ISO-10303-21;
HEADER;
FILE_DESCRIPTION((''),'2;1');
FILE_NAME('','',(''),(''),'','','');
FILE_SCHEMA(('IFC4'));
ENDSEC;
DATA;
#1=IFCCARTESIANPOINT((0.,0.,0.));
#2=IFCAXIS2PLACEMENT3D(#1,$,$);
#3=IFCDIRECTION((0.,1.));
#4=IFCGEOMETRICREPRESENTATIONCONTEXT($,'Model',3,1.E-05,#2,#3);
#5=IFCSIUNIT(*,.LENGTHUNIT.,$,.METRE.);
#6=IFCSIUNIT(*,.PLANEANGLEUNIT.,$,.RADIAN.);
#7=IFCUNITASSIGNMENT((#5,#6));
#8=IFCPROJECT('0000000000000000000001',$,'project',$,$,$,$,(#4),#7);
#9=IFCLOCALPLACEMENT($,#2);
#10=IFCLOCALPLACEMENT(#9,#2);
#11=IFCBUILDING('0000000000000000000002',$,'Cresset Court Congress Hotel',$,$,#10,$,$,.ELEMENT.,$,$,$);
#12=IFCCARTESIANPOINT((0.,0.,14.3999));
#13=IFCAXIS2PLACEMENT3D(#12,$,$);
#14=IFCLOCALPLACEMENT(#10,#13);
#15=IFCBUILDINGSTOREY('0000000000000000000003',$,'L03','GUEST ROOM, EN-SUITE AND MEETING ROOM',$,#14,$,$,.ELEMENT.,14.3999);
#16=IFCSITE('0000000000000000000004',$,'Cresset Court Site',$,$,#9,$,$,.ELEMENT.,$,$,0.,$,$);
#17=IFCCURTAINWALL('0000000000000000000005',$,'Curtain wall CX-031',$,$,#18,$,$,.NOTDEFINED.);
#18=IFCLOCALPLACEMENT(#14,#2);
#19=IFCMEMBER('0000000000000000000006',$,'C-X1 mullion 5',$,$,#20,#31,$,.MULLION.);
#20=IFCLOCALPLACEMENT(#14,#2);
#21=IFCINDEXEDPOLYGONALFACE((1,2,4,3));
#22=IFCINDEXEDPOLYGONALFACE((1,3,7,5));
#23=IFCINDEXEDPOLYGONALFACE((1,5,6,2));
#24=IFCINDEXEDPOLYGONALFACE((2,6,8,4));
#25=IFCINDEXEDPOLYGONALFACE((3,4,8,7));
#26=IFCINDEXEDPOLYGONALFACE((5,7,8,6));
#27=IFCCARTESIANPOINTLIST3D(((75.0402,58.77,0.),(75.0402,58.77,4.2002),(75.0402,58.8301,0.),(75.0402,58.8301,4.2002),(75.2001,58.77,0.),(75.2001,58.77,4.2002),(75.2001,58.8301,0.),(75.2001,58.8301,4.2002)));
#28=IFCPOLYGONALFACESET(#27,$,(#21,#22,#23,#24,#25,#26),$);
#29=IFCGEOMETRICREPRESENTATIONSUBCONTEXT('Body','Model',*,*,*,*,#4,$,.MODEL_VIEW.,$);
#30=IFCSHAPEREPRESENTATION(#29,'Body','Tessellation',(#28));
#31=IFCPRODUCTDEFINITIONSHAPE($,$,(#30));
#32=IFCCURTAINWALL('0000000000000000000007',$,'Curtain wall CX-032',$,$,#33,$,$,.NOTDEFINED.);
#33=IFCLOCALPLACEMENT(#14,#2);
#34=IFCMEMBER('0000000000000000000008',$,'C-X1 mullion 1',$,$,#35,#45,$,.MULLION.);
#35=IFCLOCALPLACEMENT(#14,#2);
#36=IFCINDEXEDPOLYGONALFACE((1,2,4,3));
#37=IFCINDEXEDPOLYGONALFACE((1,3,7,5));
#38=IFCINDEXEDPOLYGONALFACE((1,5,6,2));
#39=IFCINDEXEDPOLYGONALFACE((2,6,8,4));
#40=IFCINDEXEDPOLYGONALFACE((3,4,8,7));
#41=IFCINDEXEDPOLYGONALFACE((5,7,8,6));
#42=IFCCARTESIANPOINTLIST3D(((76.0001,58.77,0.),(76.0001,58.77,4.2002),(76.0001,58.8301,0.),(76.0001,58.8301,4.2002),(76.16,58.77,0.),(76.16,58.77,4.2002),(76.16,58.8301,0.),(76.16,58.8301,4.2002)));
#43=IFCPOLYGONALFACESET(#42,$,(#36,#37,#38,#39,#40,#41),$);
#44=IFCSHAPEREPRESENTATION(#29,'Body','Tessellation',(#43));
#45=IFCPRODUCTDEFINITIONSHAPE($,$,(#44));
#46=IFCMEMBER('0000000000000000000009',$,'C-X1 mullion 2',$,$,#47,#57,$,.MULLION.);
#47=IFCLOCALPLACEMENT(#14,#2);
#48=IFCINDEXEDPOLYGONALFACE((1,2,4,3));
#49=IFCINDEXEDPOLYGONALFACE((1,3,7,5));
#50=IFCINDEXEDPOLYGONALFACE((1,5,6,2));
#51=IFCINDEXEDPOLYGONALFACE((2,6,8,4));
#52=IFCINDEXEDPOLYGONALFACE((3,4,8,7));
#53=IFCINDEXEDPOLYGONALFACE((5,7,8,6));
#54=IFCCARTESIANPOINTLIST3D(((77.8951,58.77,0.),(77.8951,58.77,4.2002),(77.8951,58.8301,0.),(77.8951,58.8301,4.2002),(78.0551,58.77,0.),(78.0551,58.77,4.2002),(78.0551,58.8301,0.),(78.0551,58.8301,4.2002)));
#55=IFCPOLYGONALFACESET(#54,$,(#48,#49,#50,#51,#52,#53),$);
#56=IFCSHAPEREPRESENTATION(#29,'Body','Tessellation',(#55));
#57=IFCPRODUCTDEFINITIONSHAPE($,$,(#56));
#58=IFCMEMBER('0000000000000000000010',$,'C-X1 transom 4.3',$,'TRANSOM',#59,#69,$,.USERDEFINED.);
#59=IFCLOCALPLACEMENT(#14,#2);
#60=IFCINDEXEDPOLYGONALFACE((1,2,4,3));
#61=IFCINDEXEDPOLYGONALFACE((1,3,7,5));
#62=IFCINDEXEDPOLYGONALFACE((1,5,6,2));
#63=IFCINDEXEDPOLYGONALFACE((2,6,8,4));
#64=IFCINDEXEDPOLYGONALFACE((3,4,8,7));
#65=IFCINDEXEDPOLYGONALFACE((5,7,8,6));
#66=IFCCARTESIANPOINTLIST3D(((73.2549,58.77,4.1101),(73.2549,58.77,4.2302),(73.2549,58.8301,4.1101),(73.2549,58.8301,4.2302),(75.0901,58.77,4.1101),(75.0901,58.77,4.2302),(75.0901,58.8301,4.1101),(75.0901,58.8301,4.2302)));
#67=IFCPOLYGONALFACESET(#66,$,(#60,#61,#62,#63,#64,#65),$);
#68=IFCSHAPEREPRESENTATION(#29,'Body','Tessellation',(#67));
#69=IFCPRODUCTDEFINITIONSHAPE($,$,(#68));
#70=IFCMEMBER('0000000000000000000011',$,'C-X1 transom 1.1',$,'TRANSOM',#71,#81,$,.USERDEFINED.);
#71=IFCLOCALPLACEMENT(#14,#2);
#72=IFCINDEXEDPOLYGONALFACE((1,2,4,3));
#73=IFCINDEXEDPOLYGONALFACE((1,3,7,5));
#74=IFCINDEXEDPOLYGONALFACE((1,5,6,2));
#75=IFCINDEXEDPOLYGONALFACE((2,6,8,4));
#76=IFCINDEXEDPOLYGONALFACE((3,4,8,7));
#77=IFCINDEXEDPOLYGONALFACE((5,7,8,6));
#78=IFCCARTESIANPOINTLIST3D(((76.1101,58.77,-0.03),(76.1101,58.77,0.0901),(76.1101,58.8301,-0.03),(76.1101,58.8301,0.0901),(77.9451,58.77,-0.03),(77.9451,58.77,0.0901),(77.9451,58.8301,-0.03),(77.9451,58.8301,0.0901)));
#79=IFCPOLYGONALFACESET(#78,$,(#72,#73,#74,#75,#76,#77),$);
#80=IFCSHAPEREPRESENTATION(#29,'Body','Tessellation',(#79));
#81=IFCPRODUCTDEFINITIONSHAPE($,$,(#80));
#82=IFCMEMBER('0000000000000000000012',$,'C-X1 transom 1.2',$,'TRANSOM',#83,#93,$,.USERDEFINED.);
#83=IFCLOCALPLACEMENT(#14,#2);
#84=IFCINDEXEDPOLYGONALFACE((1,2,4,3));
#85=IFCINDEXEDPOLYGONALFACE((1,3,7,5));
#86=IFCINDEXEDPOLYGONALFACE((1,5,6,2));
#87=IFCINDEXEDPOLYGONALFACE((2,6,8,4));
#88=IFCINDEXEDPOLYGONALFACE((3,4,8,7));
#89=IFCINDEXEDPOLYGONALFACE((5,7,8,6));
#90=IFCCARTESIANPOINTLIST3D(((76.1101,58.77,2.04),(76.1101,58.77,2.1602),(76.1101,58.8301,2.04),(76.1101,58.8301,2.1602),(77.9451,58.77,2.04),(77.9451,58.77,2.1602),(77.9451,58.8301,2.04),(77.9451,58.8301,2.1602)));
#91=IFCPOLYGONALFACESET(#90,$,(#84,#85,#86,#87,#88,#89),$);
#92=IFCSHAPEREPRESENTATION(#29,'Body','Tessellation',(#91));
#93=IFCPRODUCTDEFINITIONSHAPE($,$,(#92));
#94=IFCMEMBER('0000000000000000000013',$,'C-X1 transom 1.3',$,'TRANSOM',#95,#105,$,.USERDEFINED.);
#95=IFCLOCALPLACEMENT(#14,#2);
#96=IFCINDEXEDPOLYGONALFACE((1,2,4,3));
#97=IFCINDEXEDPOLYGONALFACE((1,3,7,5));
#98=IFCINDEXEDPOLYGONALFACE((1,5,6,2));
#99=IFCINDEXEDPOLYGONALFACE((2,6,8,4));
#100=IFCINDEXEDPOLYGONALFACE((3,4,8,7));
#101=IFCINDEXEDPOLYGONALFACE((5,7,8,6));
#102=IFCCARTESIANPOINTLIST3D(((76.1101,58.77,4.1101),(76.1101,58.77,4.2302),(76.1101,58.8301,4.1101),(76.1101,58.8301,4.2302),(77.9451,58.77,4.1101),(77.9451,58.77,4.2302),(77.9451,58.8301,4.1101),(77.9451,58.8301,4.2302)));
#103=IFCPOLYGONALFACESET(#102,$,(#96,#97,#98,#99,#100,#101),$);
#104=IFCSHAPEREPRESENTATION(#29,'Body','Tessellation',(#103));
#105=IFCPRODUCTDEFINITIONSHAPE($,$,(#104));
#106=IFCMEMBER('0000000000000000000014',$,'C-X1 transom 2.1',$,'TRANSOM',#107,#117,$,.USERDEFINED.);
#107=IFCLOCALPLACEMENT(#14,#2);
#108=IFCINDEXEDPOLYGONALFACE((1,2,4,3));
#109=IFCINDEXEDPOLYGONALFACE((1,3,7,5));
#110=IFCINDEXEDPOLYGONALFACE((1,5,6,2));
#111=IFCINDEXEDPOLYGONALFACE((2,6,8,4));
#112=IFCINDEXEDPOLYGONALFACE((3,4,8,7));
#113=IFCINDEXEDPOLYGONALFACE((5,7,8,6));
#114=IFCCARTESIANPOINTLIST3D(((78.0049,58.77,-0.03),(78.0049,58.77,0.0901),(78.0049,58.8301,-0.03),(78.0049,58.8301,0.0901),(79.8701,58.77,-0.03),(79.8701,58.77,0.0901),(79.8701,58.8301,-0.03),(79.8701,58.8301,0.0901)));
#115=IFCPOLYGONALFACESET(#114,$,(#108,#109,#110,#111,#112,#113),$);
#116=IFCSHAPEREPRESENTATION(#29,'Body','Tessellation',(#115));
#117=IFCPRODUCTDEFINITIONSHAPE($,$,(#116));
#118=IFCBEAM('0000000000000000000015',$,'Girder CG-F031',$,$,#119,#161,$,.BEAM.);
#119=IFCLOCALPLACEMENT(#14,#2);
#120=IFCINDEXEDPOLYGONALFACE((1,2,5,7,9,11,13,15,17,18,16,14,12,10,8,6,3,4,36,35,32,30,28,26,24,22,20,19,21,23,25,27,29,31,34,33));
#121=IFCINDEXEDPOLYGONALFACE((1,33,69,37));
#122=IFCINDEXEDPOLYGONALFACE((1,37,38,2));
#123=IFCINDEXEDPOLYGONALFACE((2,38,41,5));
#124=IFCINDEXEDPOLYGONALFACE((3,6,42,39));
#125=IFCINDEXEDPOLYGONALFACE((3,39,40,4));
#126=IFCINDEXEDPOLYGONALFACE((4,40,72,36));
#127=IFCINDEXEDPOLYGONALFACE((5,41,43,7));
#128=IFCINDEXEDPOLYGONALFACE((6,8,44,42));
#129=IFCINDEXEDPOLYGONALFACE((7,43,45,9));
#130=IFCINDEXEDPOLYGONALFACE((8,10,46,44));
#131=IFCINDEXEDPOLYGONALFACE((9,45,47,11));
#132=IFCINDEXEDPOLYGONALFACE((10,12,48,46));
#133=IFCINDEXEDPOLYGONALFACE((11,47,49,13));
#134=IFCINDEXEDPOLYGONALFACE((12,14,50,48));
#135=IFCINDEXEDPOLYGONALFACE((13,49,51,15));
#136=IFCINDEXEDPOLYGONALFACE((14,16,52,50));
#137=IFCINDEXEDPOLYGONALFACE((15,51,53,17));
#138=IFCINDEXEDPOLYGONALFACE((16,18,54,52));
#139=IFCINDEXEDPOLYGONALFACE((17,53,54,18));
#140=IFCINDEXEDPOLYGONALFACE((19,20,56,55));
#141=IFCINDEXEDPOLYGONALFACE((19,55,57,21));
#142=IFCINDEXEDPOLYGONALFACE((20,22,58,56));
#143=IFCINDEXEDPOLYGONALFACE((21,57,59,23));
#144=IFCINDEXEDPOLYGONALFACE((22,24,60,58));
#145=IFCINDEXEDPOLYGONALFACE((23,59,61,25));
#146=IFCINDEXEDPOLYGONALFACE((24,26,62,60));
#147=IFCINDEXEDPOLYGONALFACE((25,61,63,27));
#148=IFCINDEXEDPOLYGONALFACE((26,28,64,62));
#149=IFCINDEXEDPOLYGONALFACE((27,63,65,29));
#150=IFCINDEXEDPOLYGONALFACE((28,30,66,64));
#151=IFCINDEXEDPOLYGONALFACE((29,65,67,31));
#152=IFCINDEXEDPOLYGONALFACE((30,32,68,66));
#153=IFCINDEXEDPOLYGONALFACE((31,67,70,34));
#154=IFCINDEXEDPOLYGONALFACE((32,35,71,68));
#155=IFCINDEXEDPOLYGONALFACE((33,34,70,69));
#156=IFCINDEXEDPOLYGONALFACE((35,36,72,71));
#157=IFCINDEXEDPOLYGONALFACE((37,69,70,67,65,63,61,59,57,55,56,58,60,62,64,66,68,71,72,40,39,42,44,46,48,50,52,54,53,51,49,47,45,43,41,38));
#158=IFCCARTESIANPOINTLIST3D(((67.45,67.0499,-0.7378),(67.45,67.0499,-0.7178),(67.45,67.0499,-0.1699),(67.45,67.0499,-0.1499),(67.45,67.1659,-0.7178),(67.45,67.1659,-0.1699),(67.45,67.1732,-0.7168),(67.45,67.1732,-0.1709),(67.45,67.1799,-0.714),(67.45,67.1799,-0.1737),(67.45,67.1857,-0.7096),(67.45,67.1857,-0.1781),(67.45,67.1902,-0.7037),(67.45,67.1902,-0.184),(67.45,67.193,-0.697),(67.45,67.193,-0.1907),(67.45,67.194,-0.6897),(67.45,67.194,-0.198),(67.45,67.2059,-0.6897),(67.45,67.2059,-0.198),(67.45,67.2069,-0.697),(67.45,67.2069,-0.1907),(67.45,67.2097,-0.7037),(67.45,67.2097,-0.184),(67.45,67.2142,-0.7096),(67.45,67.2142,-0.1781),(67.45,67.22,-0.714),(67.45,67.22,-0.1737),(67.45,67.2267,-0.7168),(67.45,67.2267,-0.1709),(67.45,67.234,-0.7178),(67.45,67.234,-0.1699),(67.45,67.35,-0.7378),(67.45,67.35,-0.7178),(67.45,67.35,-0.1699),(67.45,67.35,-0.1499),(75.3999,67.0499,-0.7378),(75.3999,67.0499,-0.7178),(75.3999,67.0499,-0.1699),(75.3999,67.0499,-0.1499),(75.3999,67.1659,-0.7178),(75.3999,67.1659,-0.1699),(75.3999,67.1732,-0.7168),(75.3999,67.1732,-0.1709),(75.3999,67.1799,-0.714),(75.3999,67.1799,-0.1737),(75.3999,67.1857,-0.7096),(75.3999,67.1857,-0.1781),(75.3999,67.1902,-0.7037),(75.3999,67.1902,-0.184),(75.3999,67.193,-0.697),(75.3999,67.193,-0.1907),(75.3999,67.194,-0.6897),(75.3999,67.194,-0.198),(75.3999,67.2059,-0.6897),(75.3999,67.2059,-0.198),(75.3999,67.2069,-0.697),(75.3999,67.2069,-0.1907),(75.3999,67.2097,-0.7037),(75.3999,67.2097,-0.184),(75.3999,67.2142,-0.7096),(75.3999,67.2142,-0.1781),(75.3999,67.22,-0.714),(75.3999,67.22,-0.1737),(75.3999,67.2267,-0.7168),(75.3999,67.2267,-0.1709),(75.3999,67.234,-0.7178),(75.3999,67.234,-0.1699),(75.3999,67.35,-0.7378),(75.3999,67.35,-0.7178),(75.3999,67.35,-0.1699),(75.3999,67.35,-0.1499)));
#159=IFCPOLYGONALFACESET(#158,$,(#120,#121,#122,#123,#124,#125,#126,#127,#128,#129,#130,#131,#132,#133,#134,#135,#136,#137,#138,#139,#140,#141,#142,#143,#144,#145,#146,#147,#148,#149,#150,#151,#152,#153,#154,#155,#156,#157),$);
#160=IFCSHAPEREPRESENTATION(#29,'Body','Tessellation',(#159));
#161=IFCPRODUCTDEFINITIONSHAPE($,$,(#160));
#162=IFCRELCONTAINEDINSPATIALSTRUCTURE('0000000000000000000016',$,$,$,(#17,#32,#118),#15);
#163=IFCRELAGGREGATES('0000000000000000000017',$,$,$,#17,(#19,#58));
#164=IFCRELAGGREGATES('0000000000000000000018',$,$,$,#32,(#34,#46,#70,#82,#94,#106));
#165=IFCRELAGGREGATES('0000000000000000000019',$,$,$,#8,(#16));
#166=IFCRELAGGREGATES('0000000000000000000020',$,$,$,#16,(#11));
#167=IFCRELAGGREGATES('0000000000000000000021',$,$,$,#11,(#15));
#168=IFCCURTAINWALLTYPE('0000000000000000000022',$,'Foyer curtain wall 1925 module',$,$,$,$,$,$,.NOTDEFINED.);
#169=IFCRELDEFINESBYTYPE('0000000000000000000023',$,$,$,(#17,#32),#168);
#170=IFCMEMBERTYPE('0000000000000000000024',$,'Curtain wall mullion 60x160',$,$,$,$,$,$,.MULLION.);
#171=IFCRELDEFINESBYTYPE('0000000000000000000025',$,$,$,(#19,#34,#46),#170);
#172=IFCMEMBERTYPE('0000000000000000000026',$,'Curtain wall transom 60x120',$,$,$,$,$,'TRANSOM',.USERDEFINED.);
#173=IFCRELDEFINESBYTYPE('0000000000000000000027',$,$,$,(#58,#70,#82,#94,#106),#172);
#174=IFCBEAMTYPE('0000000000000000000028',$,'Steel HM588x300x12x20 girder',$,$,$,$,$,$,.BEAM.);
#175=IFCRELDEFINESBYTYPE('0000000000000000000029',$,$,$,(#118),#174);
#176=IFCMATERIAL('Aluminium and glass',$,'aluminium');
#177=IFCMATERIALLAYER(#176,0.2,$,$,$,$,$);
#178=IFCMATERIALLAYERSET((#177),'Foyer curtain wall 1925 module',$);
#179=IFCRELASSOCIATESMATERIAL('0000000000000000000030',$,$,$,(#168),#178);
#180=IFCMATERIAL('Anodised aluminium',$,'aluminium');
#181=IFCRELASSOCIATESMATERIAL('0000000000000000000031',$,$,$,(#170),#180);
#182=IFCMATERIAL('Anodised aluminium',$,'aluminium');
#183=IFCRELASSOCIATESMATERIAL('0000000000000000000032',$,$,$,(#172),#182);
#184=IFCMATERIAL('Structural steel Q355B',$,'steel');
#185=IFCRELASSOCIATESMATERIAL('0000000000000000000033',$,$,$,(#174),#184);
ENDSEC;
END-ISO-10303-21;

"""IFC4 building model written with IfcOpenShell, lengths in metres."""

from ifc_helpers import new_model, si_unit, direction, frame, origin, origin_2d, place, context, subcontext, project, spatial, rectangle, i_section, extrude, material, layer, layer_set, material_profile, profile_set, type_object, element, aggregate, save


model = new_model("IFC4")

# Units and contexts
model_context = context("Model", 3, precision=1e-05, world=origin(), true_north=direction((0.0, 1.0)))
body_context = subcontext(model_context, "Body", "Model", "MODEL_VIEW")
ifc_project = project(units=[si_unit("LENGTHUNIT", "METRE"), si_unit("PLANEANGLEUNIT", "RADIAN")], contexts=[model_context])

# Site, building, storey
site_placement = place(None, origin())
site = spatial("IfcSite", under=ifc_project, at=site_placement, Name="Cresset Court Site", CompositionType="ELEMENT", RefElevation=0.0)
building_placement = place(site_placement, origin())
building = spatial("IfcBuilding", under=site, at=building_placement, Name="Cresset Court Congress Hotel", CompositionType="ELEMENT")
storey_placement = place(building_placement, frame((0.0, 0.0, 14.3999)))
storey = spatial("IfcBuildingStorey", under=building, at=storey_placement, Name="L03", Description="GUEST ROOM, EN-SUITE AND MEETING ROOM", CompositionType="ELEMENT", Elevation=14.3999)

# Curtain wall, member
ifc_material_1 = material(Name="Aluminium and glass", Category="aluminium")
ifc_layer_1 = layer(ifc_material_1, 0.2)
ifc_layer_set_1 = layer_set([ifc_layer_1], Name="Foyer curtain wall 1925 module")
curtain_wall_type = type_object("IfcCurtainWallType", Name="Foyer curtain wall 1925 module", PredefinedType="NOTDEFINED", material=ifc_layer_set_1)
curtain_wall_1_placement = place(storey_placement, origin())
curtain_wall_1 = element("IfcCurtainWall", 1, at=curtain_wall_1_placement, inside=storey, type_object=curtain_wall_type, Name="Curtain wall CX-031", PredefinedType="NOTDEFINED")
ifc_material_2 = material(Name="Anodised aluminium", Category="aluminium")
ifc_material_profile_1 = material_profile(ifc_material_2, rectangle(XDim=0.0601, YDim=0.1599, at=origin_2d()), Name="AL60x160")
ifc_profile_set_1 = profile_set([ifc_material_profile_1], Name="Anodised aluminium")
member_type_1 = type_object("IfcMemberType", Name="Curtain wall mullion 60x160", PredefinedType="MULLION", material=ifc_profile_set_1)
member_1_placement = place(storey_placement, frame((75.1201, 58.8, 0.0), z_axis=(0.0, 0.0, 1.0), x_axis=(0.0, 1.0, 0.0)))
member_1 = element("IfcMember", 2, at=member_1_placement, type_object=member_type_1, Name="C-X1 mullion 5", PredefinedType="MULLION", context=body_context, shape_type="SweptSolid", body=[
    extrude(rectangle(XDim=0.0601, YDim=0.1599, at=origin_2d()), origin(), (0.0, 0.0, 1.0), 4.2002),
])

# Curtain wall, members
curtain_wall_2_placement = place(storey_placement, origin())
curtain_wall_2 = element("IfcCurtainWall", 3, at=curtain_wall_2_placement, inside=storey, type_object=curtain_wall_type, Name="Curtain wall CX-032", PredefinedType="NOTDEFINED")
member_2_placement = place(storey_placement, frame((76.0801, 58.8, 0.0), z_axis=(0.0, 0.0, 1.0), x_axis=(0.0, 1.0, 0.0)))
member_2 = element("IfcMember", 4, at=member_2_placement, type_object=member_type_1, Name="C-X1 mullion 1", PredefinedType="MULLION", context=body_context, shape_type="SweptSolid", body=[
    extrude(rectangle(XDim=0.0601, YDim=0.1599, at=origin_2d()), origin(), (0.0, 0.0, 1.0), 4.2002),
])
member_3_placement = place(storey_placement, frame((77.9751, 58.8, 0.0), z_axis=(0.0, 0.0, 1.0), x_axis=(0.0, 1.0, 0.0)))
member_3 = element("IfcMember", 5, at=member_3_placement, type_object=member_type_1, Name="C-X1 mullion 2", PredefinedType="MULLION", context=body_context, shape_type="SweptSolid", body=[
    extrude(rectangle(XDim=0.0601, YDim=0.1599, at=origin_2d()), origin(), (0.0, 0.0, 1.0), 4.2002),
])

# Members
ifc_material_3 = material(Name="Anodised aluminium", Category="aluminium")
ifc_material_profile_2 = material_profile(ifc_material_3, rectangle(XDim=0.0601, YDim=0.1201, at=origin_2d()), Name="AL60x120")
ifc_profile_set_2 = profile_set([ifc_material_profile_2], Name="Anodised aluminium")
member_type_2 = type_object("IfcMemberType", Name="Curtain wall transom 60x120", ElementType="TRANSOM", PredefinedType="USERDEFINED", material=ifc_profile_set_2)
member_4_placement = place(storey_placement, frame((73.2549, 58.8, 4.1702), z_axis=(1.0, 0.0, 0.0), x_axis=(0.0, 1.0, 0.0)))
member_4 = element("IfcMember", 6, at=member_4_placement, type_object=member_type_2, Name="C-X1 transom 4.3", ObjectType="TRANSOM", PredefinedType="USERDEFINED", context=body_context, shape_type="SweptSolid", body=[
    extrude(rectangle(XDim=0.0601, YDim=0.1201, at=origin_2d()), origin(), (0.0, 0.0, 1.0), 1.8352),
])
member_5_placement = place(storey_placement, frame((76.1101, 58.8, 0.03), z_axis=(1.0, 0.0, 0.0), x_axis=(0.0, 1.0, 0.0)))
member_5 = element("IfcMember", 7, at=member_5_placement, type_object=member_type_2, Name="C-X1 transom 1.1", ObjectType="TRANSOM", PredefinedType="USERDEFINED", context=body_context, shape_type="SweptSolid", body=[
    extrude(rectangle(XDim=0.0601, YDim=0.1201, at=origin_2d()), origin(), (0.0, 0.0, 1.0), 1.835),
])
member_6_placement = place(storey_placement, frame((76.1101, 58.8, 2.1001), z_axis=(1.0, 0.0, 0.0), x_axis=(0.0, 1.0, 0.0)))
member_6 = element("IfcMember", 8, at=member_6_placement, type_object=member_type_2, Name="C-X1 transom 1.2", ObjectType="TRANSOM", PredefinedType="USERDEFINED", context=body_context, shape_type="SweptSolid", body=[
    extrude(rectangle(XDim=0.0601, YDim=0.1201, at=origin_2d()), origin(), (0.0, 0.0, 1.0), 1.835),
])
member_7_placement = place(storey_placement, frame((76.1101, 58.8, 4.1702), z_axis=(1.0, 0.0, 0.0), x_axis=(0.0, 1.0, 0.0)))
member_7 = element("IfcMember", 9, at=member_7_placement, type_object=member_type_2, Name="C-X1 transom 1.3", ObjectType="TRANSOM", PredefinedType="USERDEFINED", context=body_context, shape_type="SweptSolid", body=[
    extrude(rectangle(XDim=0.0601, YDim=0.1201, at=origin_2d()), origin(), (0.0, 0.0, 1.0), 1.835),
])
member_8_placement = place(storey_placement, frame((78.0049, 58.8, 0.03), z_axis=(1.0, 0.0, 0.0), x_axis=(0.0, 1.0, 0.0)))
member_8 = element("IfcMember", 10, at=member_8_placement, type_object=member_type_2, Name="C-X1 transom 2.1", ObjectType="TRANSOM", PredefinedType="USERDEFINED", context=body_context, shape_type="SweptSolid", body=[
    extrude(rectangle(XDim=0.0601, YDim=0.1201, at=origin_2d()), origin(), (0.0, 0.0, 1.0), 1.8652),
])

# Beam
ifc_material_4 = material(Name="Structural steel Q355B", Category="steel")
ifc_material_profile_3 = material_profile(ifc_material_4, i_section(OverallWidth=0.3, OverallDepth=0.5879, WebThickness=0.012, FlangeThickness=0.02, FilletRadius=0.0281, at=origin_2d()), Name="HM588x300x12x20")
ifc_profile_set_3 = profile_set([ifc_material_profile_3], Name="Structural steel Q355B")
beam_type_1 = type_object("IfcBeamType", Name="Steel HM588x300x12x20 girder", PredefinedType="BEAM", material=ifc_profile_set_3)
beam_1_placement = place(storey_placement, frame((67.45, 67.2, -0.4438), z_axis=(1.0, 0.0, 0.0), x_axis=(0.0, 1.0, 0.0)))
element("IfcBeam", 11, at=beam_1_placement, inside=storey, type_object=beam_type_1, Name="Girder CG-F031", PredefinedType="BEAM", context=body_context, shape_type="SweptSolid", body=[
    extrude(i_section(OverallWidth=0.3, OverallDepth=0.5879, WebThickness=0.012, FlangeThickness=0.02, FilletRadius=0.0281, at=origin_2d()), origin(), (0.0, 0.0, 1.0), 7.95),
])

aggregate(curtain_wall_1, [member_1, member_4])
aggregate(curtain_wall_2, [member_2, member_3, member_5, member_6, member_7, member_8])

save(model, "model.ifc")
